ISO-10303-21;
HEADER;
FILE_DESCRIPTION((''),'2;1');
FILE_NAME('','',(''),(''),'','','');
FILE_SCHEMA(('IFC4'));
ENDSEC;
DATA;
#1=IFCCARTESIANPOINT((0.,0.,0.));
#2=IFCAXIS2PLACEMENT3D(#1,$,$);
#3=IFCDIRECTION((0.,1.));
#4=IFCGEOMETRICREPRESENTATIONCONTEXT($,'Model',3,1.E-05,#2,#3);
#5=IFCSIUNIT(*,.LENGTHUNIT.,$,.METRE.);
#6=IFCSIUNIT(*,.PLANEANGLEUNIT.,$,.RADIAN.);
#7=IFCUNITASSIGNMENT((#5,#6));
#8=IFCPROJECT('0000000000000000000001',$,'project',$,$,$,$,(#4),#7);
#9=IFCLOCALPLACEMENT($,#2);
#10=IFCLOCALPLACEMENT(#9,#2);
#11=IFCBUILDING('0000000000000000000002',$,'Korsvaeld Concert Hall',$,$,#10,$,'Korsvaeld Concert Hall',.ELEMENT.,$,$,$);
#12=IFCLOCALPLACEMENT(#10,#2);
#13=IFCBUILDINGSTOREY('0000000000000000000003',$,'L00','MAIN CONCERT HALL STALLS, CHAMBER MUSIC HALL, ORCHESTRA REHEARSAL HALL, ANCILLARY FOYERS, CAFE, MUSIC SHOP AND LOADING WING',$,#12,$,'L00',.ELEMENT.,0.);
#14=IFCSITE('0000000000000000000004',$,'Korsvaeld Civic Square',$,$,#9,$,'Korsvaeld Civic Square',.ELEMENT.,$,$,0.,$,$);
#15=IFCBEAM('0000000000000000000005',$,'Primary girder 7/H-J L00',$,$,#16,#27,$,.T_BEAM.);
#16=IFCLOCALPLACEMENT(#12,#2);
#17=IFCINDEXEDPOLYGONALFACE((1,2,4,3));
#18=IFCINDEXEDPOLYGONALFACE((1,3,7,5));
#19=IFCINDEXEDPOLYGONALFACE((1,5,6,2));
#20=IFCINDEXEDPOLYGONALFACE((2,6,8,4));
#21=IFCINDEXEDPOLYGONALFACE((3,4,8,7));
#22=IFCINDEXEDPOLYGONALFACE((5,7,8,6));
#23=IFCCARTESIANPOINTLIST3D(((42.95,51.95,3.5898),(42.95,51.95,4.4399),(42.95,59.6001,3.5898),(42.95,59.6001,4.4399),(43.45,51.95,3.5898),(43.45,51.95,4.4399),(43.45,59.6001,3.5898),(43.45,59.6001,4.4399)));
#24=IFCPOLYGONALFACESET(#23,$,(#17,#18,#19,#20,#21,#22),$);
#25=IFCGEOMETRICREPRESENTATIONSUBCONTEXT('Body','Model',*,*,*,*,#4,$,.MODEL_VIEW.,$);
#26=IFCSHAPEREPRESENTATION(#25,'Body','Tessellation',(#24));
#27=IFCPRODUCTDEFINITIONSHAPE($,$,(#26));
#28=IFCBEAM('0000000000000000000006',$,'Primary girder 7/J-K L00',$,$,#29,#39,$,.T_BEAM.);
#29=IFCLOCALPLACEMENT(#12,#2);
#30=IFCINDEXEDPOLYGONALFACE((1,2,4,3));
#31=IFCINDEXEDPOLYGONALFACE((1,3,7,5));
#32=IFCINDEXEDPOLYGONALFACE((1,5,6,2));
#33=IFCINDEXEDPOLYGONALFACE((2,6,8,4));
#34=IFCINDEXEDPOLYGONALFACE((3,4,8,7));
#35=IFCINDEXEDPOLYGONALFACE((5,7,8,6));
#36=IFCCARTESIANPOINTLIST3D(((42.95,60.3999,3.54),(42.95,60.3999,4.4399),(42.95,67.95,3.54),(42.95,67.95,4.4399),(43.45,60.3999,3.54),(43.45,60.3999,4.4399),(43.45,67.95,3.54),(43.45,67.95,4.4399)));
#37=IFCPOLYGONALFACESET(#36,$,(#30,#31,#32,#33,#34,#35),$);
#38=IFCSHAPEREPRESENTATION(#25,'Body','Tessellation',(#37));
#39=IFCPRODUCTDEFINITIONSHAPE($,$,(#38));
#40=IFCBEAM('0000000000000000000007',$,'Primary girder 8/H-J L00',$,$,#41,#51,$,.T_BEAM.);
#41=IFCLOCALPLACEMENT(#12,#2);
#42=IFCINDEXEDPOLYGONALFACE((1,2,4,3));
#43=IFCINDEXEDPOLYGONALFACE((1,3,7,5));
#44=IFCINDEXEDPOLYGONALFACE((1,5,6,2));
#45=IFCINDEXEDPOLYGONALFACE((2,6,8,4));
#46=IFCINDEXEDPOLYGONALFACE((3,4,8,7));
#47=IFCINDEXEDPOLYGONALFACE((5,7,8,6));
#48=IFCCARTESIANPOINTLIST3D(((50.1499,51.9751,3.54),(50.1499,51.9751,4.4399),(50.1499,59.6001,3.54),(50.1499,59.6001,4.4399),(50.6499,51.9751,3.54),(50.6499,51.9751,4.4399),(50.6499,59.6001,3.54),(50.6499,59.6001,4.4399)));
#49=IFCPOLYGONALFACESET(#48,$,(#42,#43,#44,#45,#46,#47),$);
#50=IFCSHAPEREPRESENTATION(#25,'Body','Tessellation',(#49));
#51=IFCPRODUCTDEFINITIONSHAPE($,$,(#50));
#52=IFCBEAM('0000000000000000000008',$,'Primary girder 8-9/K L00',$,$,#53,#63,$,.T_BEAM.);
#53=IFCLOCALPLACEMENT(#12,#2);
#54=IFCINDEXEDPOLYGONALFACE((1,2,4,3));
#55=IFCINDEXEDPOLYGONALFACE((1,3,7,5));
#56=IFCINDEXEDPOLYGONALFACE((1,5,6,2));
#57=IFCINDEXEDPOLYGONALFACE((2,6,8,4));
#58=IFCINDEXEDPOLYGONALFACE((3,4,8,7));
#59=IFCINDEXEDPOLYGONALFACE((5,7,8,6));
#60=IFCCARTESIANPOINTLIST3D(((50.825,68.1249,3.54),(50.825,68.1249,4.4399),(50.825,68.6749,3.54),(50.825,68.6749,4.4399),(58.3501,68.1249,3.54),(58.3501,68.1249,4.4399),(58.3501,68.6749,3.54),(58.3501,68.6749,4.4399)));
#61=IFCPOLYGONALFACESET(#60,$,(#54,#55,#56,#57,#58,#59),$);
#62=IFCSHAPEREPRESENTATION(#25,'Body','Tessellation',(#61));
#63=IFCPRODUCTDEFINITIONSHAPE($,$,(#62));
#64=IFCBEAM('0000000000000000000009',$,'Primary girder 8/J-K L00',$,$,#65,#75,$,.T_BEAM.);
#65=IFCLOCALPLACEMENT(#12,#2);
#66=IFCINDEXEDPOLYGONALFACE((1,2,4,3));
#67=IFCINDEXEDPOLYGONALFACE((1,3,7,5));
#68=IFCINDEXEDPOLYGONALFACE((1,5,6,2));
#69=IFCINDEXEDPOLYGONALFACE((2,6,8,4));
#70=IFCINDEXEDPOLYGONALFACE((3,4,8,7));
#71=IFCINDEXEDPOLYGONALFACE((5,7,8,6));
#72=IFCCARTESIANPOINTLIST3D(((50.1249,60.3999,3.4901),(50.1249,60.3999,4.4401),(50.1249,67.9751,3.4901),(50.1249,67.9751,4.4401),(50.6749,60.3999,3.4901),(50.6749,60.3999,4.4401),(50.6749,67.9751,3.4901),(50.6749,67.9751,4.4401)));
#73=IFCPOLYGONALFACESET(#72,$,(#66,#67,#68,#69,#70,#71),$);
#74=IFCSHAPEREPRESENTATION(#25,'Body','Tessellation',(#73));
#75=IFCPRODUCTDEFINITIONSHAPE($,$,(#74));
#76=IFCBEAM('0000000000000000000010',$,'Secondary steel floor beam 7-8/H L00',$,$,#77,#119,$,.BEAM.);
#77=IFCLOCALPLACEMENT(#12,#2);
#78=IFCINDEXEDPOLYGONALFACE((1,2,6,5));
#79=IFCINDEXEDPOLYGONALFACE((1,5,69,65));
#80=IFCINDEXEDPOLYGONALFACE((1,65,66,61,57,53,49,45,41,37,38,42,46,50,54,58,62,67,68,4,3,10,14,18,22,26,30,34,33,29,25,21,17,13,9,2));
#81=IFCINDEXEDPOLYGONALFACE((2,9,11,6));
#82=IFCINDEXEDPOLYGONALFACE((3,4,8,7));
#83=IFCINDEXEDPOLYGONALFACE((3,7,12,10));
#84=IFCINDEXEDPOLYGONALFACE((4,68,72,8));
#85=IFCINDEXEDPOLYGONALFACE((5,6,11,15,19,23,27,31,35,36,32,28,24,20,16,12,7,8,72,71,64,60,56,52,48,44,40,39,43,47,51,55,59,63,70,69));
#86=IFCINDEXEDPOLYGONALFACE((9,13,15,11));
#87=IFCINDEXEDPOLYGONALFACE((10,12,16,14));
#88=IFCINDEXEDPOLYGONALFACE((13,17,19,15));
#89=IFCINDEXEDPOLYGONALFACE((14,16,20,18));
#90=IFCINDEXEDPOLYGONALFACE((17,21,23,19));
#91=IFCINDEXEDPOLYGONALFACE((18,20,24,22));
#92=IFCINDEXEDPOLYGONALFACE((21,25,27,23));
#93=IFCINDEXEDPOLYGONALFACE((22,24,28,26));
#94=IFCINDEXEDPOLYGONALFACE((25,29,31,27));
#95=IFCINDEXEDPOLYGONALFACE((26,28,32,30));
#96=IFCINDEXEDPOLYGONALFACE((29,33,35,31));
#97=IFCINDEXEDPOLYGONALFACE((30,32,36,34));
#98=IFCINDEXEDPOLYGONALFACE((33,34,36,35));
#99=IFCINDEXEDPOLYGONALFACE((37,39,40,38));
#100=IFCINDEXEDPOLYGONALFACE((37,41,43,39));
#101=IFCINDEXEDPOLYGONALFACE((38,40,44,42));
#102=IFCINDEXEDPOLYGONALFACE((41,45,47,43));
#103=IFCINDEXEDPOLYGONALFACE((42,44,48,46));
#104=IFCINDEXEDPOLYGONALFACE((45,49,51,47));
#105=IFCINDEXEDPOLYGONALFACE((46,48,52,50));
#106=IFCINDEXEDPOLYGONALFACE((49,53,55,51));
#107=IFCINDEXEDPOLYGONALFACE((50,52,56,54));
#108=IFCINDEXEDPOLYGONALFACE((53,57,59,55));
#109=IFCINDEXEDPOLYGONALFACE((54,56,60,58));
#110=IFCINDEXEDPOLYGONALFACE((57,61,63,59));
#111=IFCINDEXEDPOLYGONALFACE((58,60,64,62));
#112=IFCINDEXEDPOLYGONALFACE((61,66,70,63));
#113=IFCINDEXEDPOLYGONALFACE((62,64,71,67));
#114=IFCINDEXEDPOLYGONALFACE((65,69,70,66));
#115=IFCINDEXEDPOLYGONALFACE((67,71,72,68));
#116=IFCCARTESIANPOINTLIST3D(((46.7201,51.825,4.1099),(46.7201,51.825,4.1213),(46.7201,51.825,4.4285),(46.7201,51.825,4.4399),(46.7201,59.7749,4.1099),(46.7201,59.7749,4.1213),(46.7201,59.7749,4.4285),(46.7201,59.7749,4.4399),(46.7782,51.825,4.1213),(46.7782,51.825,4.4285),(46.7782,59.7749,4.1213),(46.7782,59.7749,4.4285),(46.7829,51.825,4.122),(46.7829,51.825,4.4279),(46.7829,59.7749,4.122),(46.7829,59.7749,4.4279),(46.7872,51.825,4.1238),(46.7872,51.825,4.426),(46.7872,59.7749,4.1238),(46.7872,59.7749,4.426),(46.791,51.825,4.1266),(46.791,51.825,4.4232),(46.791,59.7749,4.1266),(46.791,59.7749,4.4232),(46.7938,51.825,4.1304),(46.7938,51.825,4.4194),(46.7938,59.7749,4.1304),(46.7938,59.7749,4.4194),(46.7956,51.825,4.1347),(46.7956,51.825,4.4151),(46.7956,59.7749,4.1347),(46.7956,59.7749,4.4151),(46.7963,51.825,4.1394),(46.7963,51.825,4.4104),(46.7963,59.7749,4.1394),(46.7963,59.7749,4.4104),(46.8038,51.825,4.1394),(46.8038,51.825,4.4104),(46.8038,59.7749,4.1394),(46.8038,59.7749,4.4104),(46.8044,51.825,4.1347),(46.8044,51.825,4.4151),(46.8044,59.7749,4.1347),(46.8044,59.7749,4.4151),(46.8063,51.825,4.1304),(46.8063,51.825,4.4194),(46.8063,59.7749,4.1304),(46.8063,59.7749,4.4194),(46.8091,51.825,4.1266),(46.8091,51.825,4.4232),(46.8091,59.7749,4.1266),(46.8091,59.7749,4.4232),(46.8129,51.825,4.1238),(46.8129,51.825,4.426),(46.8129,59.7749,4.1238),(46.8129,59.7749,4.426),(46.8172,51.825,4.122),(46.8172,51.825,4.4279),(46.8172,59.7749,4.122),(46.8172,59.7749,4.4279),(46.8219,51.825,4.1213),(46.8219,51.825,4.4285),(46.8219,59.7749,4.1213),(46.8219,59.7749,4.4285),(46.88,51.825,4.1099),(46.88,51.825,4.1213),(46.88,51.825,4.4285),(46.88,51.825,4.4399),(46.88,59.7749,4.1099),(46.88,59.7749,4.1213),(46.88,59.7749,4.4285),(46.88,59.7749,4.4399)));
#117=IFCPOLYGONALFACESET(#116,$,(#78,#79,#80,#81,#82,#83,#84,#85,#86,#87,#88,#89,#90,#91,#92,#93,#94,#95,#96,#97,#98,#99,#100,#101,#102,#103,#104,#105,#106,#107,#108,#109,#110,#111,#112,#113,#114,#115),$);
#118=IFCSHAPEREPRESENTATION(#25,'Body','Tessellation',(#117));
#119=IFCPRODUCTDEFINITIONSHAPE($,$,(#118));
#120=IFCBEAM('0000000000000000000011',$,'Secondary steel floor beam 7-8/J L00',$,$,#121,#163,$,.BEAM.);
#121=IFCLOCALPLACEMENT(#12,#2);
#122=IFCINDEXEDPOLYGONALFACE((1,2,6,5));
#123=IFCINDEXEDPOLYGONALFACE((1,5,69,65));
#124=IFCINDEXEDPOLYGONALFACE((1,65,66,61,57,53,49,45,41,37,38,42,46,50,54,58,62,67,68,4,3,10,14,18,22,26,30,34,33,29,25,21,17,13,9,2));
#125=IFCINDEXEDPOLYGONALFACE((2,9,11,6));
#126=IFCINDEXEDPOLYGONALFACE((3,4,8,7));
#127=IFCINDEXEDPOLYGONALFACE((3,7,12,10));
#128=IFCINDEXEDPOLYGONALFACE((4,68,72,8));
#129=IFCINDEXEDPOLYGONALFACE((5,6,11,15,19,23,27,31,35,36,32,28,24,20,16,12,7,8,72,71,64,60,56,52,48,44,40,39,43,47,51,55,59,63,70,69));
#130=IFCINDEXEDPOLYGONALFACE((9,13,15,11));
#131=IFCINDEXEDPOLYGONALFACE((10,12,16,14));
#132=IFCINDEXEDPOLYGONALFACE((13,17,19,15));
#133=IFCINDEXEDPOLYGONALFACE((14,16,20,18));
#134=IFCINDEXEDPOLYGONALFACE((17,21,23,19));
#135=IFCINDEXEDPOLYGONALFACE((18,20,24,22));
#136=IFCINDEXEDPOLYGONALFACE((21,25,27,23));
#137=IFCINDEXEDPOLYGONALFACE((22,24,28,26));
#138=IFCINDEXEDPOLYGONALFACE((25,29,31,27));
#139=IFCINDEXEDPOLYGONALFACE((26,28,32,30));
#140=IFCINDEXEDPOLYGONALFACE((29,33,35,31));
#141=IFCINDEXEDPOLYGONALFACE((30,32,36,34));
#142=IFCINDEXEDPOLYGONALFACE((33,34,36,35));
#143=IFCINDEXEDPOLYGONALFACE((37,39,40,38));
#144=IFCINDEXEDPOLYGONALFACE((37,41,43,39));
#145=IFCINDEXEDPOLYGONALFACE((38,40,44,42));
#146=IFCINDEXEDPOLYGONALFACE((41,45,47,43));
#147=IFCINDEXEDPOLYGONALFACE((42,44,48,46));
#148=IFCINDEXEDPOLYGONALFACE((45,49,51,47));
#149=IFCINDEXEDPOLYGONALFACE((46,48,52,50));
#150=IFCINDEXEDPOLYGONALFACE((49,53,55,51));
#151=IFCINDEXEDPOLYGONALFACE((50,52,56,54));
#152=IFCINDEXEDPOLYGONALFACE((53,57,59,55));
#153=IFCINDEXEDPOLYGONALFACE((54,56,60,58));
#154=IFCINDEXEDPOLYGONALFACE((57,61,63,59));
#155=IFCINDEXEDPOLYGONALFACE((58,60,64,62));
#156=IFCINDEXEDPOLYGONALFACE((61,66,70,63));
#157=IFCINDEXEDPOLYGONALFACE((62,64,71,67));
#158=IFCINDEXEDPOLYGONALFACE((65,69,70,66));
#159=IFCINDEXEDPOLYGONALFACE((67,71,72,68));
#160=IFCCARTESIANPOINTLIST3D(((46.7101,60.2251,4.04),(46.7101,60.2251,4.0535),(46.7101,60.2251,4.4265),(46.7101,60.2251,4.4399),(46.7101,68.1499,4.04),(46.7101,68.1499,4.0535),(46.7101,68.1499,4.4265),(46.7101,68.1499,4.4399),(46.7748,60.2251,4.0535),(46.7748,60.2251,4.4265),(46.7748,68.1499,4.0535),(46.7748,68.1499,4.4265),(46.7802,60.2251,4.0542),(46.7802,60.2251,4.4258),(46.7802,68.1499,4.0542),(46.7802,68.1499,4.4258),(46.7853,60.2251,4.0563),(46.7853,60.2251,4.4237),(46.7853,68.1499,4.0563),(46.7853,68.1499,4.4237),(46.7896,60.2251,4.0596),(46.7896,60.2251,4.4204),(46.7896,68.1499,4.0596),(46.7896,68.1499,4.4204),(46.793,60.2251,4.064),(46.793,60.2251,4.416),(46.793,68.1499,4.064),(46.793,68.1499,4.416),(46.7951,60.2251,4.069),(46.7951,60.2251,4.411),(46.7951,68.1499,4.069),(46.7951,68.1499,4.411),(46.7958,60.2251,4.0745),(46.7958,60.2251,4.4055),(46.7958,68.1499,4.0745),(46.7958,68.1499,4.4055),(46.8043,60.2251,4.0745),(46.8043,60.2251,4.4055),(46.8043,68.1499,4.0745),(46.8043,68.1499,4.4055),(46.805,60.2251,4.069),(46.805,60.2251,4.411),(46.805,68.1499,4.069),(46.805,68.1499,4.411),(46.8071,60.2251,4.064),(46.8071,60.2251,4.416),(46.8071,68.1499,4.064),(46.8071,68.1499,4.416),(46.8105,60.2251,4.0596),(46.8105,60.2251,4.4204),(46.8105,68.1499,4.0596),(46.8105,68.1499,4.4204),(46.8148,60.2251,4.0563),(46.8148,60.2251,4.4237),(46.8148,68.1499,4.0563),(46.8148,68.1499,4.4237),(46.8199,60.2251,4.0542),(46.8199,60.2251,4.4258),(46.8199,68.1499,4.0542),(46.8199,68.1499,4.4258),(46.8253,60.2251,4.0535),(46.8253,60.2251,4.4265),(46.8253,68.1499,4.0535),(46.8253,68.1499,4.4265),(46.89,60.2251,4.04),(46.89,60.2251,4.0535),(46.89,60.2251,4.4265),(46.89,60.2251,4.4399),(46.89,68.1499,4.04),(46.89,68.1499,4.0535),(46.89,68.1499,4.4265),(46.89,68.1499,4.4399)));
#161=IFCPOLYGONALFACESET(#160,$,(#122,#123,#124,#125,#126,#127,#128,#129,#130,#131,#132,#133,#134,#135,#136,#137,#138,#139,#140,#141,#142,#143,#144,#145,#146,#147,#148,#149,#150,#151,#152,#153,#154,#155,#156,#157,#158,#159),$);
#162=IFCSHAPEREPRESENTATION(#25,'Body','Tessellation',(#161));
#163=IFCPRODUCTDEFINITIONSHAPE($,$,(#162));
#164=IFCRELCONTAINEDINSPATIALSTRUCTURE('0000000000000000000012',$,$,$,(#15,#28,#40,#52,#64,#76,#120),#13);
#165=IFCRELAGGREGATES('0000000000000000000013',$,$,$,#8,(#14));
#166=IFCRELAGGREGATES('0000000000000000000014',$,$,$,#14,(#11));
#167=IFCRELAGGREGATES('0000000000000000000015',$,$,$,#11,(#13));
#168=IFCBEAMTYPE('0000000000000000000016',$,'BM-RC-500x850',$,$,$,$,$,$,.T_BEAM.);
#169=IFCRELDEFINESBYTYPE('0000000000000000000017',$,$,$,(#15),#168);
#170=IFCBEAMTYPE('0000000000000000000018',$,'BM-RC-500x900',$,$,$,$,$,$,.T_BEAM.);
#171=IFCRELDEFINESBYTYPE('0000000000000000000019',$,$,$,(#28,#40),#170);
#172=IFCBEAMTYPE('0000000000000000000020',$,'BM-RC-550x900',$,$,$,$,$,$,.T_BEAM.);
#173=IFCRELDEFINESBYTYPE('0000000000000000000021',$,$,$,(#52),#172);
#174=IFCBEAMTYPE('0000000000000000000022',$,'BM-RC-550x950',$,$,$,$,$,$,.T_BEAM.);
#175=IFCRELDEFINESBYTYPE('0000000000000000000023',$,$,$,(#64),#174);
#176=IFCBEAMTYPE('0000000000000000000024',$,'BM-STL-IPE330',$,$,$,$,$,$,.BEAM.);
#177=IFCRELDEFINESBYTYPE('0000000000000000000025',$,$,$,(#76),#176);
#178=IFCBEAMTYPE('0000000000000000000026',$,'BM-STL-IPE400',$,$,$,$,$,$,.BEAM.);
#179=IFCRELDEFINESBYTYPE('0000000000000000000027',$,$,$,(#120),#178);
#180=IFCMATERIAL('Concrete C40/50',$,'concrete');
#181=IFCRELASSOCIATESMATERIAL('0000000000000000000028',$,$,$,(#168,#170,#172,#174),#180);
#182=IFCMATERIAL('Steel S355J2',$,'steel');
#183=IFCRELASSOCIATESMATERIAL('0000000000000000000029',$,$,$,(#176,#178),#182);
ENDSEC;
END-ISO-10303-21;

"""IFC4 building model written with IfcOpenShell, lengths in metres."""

from ifc_helpers import new_model, si_unit, direction, frame, origin, origin_2d, place, context, subcontext, project, spatial, rectangle, i_section, extrude, material, material_profile, profile_set, type_object, element, save


model = new_model("IFC4")

# Units and contexts
model_context = context("Model", 3, precision=1e-05, world=origin(), true_north=direction((0.0, 1.0)))
body_context = subcontext(model_context, "Body", "Model", "MODEL_VIEW")
ifc_project = project(units=[si_unit("LENGTHUNIT", "METRE"), si_unit("PLANEANGLEUNIT", "RADIAN")], contexts=[model_context])

# Site, building, storey
site_placement = place(None, origin())
site = spatial("IfcSite", under=ifc_project, at=site_placement, Name="Korsvaeld Civic Square", LongName="Korsvaeld Civic Square", CompositionType="ELEMENT", RefElevation=0.0)
building_placement = place(site_placement, origin())
building = spatial("IfcBuilding", under=site, at=building_placement, Name="Korsvaeld Concert Hall", LongName="Korsvaeld Concert Hall", CompositionType="ELEMENT")
storey_placement = place(building_placement, origin())
storey = spatial("IfcBuildingStorey", under=building, at=storey_placement, Name="L00", Description="MAIN CONCERT HALL STALLS, CHAMBER MUSIC HALL, ORCHESTRA REHEARSAL HALL, ANCILLARY FOYERS, CAFE, MUSIC SHOP AND LOADING WING", LongName="L00", CompositionType="ELEMENT", Elevation=0.0)

# Shared definitions
ifc_material_1 = material(Name="Concrete C40/50", Category="concrete")

# Beams
ifc_material_profile_1 = material_profile(ifc_material_1, rectangle(XDim=0.5, YDim=0.8501, at=origin_2d()), Name="RC 500x850")
ifc_profile_set_1 = profile_set([ifc_material_profile_1], Name="Concrete C40/50")
beam_type_1 = type_object("IfcBeamType", Name="BM-RC-500x850", PredefinedType="T_BEAM", material=ifc_profile_set_1)
beam_1_placement = place(storey_placement, frame((43.2, 51.95, 4.0149), z_axis=(0.0, 1.0, 0.0), x_axis=(-1.0, 0.0, 0.0)))
element("IfcBeam", 1, at=beam_1_placement, inside=storey, type_object=beam_type_1, Name="Primary girder 7/H-J L00", PredefinedType="T_BEAM", context=body_context, shape_type="SweptSolid", body=[
    extrude(rectangle(XDim=0.5, YDim=0.8501, at=origin_2d()), origin(), (0.0, 0.0, 1.0), 7.6501),
])
ifc_material_profile_2 = material_profile(ifc_material_1, rectangle(XDim=0.5, YDim=0.8999, at=origin_2d()), Name="RC 500x900")
ifc_profile_set_2 = profile_set([ifc_material_profile_2], Name="Concrete C40/50")
beam_type_2 = type_object("IfcBeamType", Name="BM-RC-500x900", PredefinedType="T_BEAM", material=ifc_profile_set_2)
beam_2_placement = place(storey_placement, frame((43.2, 60.3999, 3.99), z_axis=(0.0, 1.0, 0.0), x_axis=(-1.0, 0.0, 0.0)))
element("IfcBeam", 2, at=beam_2_placement, inside=storey, type_object=beam_type_2, Name="Primary girder 7/J-K L00", PredefinedType="T_BEAM", context=body_context, shape_type="SweptSolid", body=[
    extrude(rectangle(XDim=0.5, YDim=0.8999, at=origin_2d()), origin(), (0.0, 0.0, 1.0), 7.55),
])
beam_3_placement = place(storey_placement, frame((50.3999, 51.9751, 3.99), z_axis=(0.0, 1.0, 0.0), x_axis=(-1.0, 0.0, 0.0)))
element("IfcBeam", 3, at=beam_3_placement, inside=storey, type_object=beam_type_2, Name="Primary girder 8/H-J L00", PredefinedType="T_BEAM", context=body_context, shape_type="SweptSolid", body=[
    extrude(rectangle(XDim=0.5, YDim=0.8999, at=origin_2d()), origin(), (0.0, 0.0, 1.0), 7.625),
])
ifc_material_profile_3 = material_profile(ifc_material_1, rectangle(XDim=0.55, YDim=0.8999, at=origin_2d()), Name="RC 550x900")
ifc_profile_set_3 = profile_set([ifc_material_profile_3], Name="Concrete C40/50")
beam_type_3 = type_object("IfcBeamType", Name="BM-RC-550x900", PredefinedType="T_BEAM", material=ifc_profile_set_3)
beam_4_placement = place(storey_placement, frame((50.825, 68.3999, 3.99), z_axis=(1.0, 0.0, 0.0), x_axis=(0.0, 1.0, 0.0)))
element("IfcBeam", 4, at=beam_4_placement, inside=storey, type_object=beam_type_3, Name="Primary girder 8-9/K L00", PredefinedType="T_BEAM", context=body_context, shape_type="SweptSolid", body=[
    extrude(rectangle(XDim=0.55, YDim=0.8999, at=origin_2d()), origin(), (0.0, 0.0, 1.0), 7.5251),
])
ifc_material_profile_4 = material_profile(ifc_material_1, rectangle(XDim=0.55, YDim=0.95, at=origin_2d()), Name="RC 550x950")
ifc_profile_set_4 = profile_set([ifc_material_profile_4], Name="Concrete C40/50")
beam_type_4 = type_object("IfcBeamType", Name="BM-RC-550x950", PredefinedType="T_BEAM", material=ifc_profile_set_4)
beam_5_placement = place(storey_placement, frame((50.3999, 60.3999, 3.9651), z_axis=(0.0, 1.0, 0.0), x_axis=(-1.0, 0.0, 0.0)))
element("IfcBeam", 5, at=beam_5_placement, inside=storey, type_object=beam_type_4, Name="Primary girder 8/J-K L00", PredefinedType="T_BEAM", context=body_context, shape_type="SweptSolid", body=[
    extrude(rectangle(XDim=0.55, YDim=0.95, at=origin_2d()), origin(), (0.0, 0.0, 1.0), 7.5752),
])
ifc_material_2 = material(Name="Steel S355J2", Category="steel")
ifc_material_profile_5 = material_profile(ifc_material_2, i_section(OverallWidth=0.1599, OverallDepth=0.3301, WebThickness=0.0076, FlangeThickness=0.0115, FilletRadius=0.0181, at=origin_2d()), Name="IPE 330")
ifc_profile_set_5 = profile_set([ifc_material_profile_5], Name="Steel S355J2")
beam_type_5 = type_object("IfcBeamType", Name="BM-STL-IPE330", PredefinedType="BEAM", material=ifc_profile_set_5)
beam_6_placement = place(storey_placement, frame((46.8, 51.825, 4.2749), z_axis=(0.0, 1.0, 0.0), x_axis=(-1.0, 0.0, 0.0)))
element("IfcBeam", 6, at=beam_6_placement, inside=storey, type_object=beam_type_5, Name="Secondary steel floor beam 7-8/H L00", PredefinedType="BEAM", context=body_context, shape_type="SweptSolid", body=[
    extrude(i_section(OverallWidth=0.1599, OverallDepth=0.3301, WebThickness=0.0076, FlangeThickness=0.0115, FilletRadius=0.0181, at=origin_2d()), origin(), (0.0, 0.0, 1.0), 7.95),
])
ifc_material_profile_6 = material_profile(ifc_material_2, i_section(OverallWidth=0.1799, OverallDepth=0.3999, WebThickness=0.0085, FlangeThickness=0.0134, FilletRadius=0.021, at=origin_2d()), Name="IPE 400")
ifc_profile_set_6 = profile_set([ifc_material_profile_6], Name="Steel S355J2")
beam_type_6 = type_object("IfcBeamType", Name="BM-STL-IPE400", PredefinedType="BEAM", material=ifc_profile_set_6)
beam_7_placement = place(storey_placement, frame((46.8, 60.2251, 4.24), z_axis=(0.0, 1.0, 0.0), x_axis=(-1.0, 0.0, 0.0)))
element("IfcBeam", 7, at=beam_7_placement, inside=storey, type_object=beam_type_6, Name="Secondary steel floor beam 7-8/J L00", PredefinedType="BEAM", context=body_context, shape_type="SweptSolid", body=[
    extrude(i_section(OverallWidth=0.1799, OverallDepth=0.3999, WebThickness=0.0085, FlangeThickness=0.0134, FilletRadius=0.021, at=origin_2d()), origin(), (0.0, 0.0, 1.0), 7.9248),
])

save(model, "model.ifc")
